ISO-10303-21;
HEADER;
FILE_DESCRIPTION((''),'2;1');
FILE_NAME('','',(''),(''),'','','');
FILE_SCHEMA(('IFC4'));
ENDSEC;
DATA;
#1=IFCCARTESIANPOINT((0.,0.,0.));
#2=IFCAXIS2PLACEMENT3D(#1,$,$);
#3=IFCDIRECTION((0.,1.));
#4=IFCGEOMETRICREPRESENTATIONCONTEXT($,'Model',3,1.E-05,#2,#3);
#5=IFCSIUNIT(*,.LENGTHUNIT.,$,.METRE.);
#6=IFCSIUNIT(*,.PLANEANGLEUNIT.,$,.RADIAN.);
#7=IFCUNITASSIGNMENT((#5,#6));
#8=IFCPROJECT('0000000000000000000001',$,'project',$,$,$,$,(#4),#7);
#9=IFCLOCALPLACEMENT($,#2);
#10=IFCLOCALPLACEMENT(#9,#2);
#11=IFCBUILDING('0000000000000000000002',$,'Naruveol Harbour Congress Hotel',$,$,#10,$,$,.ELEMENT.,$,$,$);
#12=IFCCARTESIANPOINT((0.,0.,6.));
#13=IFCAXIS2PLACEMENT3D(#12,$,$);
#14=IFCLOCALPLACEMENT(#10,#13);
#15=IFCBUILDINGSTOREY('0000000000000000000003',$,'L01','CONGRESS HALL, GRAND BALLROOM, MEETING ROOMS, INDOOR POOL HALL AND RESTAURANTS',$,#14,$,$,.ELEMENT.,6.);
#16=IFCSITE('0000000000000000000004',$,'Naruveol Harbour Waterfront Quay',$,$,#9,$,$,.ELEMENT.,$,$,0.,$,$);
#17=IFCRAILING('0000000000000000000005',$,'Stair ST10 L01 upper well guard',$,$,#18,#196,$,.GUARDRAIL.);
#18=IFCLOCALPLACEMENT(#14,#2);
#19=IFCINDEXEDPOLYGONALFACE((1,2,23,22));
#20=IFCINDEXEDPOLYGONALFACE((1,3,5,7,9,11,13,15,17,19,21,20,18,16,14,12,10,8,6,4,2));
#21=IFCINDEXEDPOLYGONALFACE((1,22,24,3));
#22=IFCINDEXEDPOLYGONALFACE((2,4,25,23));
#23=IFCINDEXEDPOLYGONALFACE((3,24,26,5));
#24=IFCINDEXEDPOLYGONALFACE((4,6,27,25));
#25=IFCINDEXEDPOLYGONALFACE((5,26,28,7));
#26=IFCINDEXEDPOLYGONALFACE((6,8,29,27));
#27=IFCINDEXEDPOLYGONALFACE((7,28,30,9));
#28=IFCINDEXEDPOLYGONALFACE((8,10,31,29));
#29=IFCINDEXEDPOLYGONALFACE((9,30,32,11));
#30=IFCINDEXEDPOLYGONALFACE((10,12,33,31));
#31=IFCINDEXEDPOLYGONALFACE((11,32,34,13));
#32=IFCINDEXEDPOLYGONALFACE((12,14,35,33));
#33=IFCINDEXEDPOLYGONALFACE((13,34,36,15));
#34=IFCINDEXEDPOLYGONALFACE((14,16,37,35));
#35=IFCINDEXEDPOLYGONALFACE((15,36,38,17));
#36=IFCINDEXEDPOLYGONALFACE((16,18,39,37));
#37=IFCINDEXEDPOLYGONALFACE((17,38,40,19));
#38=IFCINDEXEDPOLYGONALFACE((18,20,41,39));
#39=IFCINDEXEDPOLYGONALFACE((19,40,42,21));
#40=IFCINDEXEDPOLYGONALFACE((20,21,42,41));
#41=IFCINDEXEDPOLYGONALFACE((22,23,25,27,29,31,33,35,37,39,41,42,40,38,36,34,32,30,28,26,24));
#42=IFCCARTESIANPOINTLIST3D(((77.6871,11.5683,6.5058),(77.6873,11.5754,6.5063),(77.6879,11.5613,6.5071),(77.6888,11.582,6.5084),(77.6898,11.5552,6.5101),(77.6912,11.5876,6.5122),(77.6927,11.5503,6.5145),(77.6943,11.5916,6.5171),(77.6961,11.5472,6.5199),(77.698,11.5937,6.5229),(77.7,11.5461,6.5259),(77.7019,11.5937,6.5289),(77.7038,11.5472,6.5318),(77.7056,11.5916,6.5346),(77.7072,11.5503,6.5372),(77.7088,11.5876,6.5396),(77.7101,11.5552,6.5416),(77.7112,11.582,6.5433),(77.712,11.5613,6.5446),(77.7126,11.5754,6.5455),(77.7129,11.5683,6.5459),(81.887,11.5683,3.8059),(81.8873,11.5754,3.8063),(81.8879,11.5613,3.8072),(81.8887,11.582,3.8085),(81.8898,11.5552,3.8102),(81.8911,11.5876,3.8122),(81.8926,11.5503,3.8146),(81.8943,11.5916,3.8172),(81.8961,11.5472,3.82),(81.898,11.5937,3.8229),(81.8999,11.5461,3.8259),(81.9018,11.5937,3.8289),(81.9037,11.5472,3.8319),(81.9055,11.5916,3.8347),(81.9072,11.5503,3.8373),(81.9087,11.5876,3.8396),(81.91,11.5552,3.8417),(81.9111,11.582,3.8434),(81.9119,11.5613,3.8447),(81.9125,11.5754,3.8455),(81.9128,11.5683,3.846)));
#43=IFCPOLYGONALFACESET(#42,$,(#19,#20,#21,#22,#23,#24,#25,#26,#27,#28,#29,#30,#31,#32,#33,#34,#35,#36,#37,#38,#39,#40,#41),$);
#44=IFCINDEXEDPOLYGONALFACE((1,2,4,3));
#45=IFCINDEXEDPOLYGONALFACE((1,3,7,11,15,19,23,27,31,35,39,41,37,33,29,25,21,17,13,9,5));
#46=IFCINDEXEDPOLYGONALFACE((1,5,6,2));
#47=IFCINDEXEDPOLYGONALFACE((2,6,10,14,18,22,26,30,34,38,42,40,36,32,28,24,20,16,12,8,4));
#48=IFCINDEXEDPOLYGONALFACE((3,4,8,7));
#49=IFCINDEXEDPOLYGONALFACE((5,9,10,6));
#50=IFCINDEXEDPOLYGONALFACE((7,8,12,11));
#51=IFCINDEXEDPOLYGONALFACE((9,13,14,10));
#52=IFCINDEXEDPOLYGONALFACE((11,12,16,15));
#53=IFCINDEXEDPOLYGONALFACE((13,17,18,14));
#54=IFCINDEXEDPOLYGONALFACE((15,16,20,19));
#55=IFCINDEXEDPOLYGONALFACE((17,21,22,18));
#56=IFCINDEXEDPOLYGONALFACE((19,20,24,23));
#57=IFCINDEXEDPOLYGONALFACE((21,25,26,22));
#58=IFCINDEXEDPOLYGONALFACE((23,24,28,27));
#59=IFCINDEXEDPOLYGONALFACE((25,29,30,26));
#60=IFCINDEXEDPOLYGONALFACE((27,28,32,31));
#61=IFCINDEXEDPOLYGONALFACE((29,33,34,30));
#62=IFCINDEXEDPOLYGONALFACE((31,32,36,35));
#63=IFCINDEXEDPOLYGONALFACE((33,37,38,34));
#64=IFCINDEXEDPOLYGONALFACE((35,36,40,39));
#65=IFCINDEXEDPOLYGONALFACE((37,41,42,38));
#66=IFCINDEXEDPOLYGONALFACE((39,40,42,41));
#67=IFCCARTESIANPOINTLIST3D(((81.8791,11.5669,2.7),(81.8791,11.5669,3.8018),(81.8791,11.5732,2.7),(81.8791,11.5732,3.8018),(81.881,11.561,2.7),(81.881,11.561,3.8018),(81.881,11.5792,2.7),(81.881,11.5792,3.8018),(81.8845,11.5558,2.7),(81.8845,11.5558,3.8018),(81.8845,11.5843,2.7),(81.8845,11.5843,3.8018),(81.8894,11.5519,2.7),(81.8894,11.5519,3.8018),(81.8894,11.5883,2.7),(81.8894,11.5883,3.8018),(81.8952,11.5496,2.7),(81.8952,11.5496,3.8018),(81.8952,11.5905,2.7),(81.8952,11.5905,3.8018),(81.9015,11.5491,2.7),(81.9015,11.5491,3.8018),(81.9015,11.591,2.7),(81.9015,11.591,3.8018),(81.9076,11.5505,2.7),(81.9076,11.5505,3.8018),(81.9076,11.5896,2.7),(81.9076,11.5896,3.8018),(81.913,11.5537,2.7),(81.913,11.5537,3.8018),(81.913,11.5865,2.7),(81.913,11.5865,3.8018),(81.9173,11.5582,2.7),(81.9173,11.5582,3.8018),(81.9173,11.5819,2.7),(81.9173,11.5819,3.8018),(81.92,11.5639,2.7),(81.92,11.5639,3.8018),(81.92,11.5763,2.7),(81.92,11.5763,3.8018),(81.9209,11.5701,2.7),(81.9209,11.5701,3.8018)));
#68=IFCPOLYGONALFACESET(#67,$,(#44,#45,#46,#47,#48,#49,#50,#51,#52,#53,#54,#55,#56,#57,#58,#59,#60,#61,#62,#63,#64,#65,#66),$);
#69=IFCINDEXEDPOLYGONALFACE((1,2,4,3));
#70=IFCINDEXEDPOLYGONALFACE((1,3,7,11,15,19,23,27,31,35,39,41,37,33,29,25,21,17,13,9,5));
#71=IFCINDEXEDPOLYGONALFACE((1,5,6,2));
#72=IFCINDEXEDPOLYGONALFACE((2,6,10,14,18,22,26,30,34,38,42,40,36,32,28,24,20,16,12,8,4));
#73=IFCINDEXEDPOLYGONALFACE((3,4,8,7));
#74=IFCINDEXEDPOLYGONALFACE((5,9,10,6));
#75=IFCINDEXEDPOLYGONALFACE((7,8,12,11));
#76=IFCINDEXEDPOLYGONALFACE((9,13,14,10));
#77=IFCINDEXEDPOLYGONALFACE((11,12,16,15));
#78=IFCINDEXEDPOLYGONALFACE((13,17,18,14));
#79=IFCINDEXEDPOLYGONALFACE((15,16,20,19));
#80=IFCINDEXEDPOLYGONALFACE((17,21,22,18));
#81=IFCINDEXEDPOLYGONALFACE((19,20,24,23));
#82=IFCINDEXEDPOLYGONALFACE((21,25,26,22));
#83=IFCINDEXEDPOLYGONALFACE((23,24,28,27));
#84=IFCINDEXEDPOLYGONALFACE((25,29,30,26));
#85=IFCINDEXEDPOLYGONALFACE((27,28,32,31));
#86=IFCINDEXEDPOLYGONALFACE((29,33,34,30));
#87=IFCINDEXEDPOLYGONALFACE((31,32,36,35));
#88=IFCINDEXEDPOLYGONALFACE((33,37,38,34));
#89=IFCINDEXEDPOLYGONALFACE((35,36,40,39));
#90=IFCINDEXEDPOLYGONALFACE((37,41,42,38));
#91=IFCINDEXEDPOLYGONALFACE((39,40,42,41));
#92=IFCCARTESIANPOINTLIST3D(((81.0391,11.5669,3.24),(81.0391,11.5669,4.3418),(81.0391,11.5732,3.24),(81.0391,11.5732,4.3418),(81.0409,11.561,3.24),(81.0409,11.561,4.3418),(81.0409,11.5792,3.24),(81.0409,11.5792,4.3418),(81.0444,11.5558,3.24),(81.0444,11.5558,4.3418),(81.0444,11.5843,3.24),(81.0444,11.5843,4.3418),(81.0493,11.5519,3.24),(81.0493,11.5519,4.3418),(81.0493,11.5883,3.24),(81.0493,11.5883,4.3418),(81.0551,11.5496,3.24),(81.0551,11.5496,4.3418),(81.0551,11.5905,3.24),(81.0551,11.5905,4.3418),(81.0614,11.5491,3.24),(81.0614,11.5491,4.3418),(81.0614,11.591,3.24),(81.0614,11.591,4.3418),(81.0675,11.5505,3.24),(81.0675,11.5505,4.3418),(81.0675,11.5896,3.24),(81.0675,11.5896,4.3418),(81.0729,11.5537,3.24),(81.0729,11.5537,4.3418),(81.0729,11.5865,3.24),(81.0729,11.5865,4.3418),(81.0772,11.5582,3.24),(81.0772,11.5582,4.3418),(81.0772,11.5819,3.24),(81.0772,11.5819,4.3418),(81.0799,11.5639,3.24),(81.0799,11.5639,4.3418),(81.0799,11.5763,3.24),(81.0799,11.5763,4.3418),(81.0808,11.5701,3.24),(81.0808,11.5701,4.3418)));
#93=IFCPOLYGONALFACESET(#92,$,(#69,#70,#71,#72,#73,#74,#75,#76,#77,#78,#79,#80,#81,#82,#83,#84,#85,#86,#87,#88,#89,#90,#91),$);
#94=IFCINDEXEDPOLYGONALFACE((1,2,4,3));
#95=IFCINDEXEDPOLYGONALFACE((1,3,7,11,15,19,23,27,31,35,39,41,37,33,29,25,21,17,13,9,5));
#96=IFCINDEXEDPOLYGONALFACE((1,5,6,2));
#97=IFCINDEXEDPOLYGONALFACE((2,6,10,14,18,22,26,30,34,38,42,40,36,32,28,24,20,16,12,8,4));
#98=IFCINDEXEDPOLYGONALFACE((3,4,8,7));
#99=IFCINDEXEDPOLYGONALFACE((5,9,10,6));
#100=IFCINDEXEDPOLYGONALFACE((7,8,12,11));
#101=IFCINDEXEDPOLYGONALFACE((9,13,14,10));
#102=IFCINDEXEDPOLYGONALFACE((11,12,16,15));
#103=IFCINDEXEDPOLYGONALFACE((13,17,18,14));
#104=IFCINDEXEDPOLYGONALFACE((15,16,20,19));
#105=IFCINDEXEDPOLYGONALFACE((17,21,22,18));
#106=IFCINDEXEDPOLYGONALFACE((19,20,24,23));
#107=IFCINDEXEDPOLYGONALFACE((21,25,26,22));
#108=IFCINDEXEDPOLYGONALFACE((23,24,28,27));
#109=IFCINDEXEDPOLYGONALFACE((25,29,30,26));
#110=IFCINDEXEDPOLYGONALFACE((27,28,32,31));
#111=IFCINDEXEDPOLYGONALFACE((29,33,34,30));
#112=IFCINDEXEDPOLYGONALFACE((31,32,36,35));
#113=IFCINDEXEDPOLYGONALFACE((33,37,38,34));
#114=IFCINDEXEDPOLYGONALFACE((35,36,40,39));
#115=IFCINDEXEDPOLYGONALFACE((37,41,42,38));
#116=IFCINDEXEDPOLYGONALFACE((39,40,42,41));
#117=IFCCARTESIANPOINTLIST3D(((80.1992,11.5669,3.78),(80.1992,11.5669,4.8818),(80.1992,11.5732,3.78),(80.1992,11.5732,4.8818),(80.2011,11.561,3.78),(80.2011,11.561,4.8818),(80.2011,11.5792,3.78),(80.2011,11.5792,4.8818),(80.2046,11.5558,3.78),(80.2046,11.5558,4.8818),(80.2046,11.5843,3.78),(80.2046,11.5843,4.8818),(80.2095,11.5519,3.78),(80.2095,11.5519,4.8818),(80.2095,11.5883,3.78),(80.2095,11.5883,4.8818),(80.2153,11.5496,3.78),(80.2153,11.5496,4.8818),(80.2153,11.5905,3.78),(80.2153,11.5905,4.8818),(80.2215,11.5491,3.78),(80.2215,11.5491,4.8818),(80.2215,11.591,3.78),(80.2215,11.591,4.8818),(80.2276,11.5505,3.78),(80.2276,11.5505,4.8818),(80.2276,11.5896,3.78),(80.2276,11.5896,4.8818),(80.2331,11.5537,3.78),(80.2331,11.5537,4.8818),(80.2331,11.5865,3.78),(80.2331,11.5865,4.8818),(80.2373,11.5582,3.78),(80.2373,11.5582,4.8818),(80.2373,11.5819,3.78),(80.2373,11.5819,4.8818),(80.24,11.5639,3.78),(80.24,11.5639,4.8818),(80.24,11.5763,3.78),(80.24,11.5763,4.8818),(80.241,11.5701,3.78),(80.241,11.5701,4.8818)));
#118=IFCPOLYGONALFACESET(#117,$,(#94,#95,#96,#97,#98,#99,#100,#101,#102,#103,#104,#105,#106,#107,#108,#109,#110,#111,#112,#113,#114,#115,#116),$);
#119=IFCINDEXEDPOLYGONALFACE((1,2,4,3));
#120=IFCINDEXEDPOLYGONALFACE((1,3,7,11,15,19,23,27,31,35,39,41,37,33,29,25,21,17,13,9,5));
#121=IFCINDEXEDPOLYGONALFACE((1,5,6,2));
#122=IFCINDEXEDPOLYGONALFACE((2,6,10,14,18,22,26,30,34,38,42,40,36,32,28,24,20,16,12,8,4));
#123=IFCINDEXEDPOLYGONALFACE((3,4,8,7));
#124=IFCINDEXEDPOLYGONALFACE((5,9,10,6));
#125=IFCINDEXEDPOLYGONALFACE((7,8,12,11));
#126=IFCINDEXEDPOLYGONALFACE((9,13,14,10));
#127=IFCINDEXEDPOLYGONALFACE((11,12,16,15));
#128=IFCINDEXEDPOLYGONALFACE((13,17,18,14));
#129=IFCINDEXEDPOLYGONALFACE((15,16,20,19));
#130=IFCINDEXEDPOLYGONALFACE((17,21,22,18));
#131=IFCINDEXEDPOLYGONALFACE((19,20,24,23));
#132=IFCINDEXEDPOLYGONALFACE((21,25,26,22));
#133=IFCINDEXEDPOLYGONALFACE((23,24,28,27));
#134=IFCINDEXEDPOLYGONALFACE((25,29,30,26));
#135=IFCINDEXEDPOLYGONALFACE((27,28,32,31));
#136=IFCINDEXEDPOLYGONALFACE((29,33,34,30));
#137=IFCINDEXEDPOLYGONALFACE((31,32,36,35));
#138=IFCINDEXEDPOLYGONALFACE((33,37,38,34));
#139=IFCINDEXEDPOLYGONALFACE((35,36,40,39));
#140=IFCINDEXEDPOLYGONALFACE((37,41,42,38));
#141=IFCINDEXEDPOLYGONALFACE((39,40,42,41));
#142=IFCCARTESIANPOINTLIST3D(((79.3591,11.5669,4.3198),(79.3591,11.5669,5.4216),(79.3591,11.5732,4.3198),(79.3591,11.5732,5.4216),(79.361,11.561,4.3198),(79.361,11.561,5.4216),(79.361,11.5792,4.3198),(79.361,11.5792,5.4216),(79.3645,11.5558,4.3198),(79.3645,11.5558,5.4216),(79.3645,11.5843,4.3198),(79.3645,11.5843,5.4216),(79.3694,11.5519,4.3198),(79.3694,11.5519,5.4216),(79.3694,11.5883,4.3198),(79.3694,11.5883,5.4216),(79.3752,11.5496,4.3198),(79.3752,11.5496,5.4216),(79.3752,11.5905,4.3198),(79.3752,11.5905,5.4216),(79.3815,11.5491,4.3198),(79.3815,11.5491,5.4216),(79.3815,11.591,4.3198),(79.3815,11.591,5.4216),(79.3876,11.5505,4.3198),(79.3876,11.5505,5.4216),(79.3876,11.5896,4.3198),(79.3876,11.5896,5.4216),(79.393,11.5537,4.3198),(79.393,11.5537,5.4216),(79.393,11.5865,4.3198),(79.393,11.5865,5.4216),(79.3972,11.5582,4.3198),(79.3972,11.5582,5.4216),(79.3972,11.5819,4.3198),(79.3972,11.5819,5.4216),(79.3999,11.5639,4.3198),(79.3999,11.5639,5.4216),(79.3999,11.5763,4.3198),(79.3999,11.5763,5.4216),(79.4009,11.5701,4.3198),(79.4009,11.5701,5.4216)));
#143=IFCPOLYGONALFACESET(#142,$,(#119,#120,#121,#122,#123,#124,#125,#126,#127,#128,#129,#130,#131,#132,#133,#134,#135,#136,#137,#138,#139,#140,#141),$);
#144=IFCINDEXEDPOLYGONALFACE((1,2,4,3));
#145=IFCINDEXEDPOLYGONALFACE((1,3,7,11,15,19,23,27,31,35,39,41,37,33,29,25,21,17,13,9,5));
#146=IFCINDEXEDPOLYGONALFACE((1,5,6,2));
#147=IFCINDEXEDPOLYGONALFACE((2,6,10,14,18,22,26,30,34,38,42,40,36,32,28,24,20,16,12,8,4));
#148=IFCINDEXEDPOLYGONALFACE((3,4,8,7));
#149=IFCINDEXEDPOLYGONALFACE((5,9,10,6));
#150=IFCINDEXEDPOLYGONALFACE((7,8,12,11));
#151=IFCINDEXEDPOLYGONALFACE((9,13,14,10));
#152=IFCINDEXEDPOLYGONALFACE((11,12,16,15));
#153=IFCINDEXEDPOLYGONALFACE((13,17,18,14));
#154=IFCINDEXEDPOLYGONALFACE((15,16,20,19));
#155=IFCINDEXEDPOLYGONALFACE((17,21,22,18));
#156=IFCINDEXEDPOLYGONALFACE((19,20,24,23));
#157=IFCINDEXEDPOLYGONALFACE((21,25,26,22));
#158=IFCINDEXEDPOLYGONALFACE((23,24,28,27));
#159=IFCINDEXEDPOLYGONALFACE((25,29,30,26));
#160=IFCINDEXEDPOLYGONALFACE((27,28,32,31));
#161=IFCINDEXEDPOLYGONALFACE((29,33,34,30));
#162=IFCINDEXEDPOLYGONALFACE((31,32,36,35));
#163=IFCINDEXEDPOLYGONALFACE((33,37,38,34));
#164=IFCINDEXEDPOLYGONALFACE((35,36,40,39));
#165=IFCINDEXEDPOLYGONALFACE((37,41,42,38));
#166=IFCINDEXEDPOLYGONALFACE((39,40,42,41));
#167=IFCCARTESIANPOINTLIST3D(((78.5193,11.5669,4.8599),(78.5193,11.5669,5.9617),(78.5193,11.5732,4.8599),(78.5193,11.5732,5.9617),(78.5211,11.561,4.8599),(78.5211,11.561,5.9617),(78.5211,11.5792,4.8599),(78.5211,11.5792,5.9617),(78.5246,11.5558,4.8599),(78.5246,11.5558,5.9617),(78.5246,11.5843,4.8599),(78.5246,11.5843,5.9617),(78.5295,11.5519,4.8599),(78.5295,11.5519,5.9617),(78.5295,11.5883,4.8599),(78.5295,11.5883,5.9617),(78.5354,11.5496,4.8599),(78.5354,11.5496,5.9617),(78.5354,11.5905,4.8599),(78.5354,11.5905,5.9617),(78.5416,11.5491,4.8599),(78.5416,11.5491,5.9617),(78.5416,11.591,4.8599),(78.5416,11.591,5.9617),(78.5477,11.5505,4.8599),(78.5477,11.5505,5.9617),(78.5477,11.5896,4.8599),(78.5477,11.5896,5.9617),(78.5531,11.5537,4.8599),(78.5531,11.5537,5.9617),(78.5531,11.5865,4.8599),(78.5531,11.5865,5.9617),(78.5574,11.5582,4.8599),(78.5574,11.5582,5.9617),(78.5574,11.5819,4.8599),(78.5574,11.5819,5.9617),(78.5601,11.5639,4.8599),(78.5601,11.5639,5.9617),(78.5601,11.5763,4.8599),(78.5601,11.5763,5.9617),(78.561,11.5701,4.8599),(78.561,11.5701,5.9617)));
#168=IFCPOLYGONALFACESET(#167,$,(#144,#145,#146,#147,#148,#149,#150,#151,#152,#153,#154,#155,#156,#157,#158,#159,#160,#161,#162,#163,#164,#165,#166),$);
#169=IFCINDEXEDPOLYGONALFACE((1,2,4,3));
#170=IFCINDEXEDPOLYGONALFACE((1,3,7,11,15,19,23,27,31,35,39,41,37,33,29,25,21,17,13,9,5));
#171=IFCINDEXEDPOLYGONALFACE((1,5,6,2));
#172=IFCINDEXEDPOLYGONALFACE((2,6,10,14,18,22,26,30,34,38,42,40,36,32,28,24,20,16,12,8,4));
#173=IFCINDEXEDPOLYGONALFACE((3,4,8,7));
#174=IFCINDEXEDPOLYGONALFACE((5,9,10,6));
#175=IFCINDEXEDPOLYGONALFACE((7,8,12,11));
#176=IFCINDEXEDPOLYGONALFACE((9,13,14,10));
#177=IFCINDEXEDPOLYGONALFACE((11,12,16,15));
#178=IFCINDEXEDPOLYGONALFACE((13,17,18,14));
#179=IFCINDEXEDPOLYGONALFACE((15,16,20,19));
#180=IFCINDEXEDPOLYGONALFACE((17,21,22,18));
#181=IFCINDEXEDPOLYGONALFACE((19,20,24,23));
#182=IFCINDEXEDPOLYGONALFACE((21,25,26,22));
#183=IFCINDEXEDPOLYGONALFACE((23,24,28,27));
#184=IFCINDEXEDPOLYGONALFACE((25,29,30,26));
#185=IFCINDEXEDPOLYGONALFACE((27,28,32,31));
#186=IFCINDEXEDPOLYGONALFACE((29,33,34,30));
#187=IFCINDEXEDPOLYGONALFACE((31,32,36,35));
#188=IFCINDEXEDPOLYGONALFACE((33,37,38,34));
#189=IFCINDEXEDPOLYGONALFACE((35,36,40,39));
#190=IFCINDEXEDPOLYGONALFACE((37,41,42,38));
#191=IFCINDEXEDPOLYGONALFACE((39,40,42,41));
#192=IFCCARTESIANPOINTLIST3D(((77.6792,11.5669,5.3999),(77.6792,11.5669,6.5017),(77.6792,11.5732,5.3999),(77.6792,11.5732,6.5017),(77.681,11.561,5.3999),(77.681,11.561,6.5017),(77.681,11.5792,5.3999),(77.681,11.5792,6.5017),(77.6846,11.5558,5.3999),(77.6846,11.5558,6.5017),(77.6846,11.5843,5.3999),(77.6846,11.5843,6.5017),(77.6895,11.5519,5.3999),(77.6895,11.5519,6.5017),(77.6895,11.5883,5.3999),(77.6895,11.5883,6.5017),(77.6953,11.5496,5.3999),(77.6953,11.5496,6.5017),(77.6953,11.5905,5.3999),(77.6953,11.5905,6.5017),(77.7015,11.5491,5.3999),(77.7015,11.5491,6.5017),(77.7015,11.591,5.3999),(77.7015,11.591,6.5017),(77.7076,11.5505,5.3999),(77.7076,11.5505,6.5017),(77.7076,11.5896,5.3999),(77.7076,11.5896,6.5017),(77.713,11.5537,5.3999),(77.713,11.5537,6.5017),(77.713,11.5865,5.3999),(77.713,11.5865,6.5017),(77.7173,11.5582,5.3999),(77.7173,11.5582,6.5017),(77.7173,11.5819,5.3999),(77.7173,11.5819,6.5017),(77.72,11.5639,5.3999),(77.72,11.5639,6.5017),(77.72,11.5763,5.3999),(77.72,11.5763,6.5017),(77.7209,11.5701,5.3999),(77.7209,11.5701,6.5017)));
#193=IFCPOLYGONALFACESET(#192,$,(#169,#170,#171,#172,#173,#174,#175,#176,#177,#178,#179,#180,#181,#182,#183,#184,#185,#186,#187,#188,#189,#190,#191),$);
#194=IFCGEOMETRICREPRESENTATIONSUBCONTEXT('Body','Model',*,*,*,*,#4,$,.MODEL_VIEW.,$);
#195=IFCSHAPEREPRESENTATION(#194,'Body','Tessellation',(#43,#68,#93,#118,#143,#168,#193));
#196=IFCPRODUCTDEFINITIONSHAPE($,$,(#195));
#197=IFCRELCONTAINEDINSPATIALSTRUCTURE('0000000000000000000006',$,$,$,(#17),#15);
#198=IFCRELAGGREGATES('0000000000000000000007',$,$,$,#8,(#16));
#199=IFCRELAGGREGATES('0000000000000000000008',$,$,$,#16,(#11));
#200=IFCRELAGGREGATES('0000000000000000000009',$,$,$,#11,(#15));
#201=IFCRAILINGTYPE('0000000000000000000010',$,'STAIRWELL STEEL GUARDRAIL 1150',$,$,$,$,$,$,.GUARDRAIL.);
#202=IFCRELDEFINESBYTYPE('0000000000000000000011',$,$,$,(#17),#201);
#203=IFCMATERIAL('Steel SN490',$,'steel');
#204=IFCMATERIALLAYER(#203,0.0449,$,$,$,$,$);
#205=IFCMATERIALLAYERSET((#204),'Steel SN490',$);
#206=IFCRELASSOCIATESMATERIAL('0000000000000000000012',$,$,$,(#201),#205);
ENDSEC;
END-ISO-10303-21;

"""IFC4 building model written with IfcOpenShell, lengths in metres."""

from ifc_helpers import new_model, si_unit, direction, frame, origin, origin_2d, place, context, subcontext, project, spatial, circle, extrude, material, layer, layer_set, type_object, element, save


model = new_model("IFC4")

# Units and contexts
model_context = context("Model", 3, precision=1e-05, world=origin(), true_north=direction((0.0, 1.0)))
body_context = subcontext(model_context, "Body", "Model", "MODEL_VIEW")
ifc_project = project(units=[si_unit("LENGTHUNIT", "METRE"), si_unit("PLANEANGLEUNIT", "RADIAN")], contexts=[model_context])

# Site, building, storey
site_placement = place(None, origin())
site = spatial("IfcSite", under=ifc_project, at=site_placement, Name="Naruveol Harbour Waterfront Quay", CompositionType="ELEMENT", RefElevation=0.0)
building_placement = place(site_placement, origin())
building = spatial("IfcBuilding", under=site, at=building_placement, Name="Naruveol Harbour Congress Hotel", CompositionType="ELEMENT")
storey_placement = place(building_placement, frame((0.0, 0.0, 6.0)))
storey = spatial("IfcBuildingStorey", under=building, at=storey_placement, Name="L01", Description="CONGRESS HALL, GRAND BALLROOM, MEETING ROOMS, INDOOR POOL HALL AND RESTAURANTS", CompositionType="ELEMENT", Elevation=6.0)

# Railing
ifc_material_1 = material(Name="Steel SN490", Category="steel")
ifc_layer_1 = layer(ifc_material_1, 0.0449)
ifc_layer_set_1 = layer_set([ifc_layer_1], Name="Steel SN490")
railing_type_1 = type_object("IfcRailingType", Name="STAIRWELL STEEL GUARDRAIL 1150", PredefinedType="GUARDRAIL", material=ifc_layer_set_1)
railing_1_placement = place(storey_placement, frame((81.8999, 11.5701, 2.7)))
element("IfcRailing", 1, at=railing_1_placement, inside=storey, type_object=railing_type_1, Name="Stair ST10 L01 upper well guard", PredefinedType="GUARDRAIL", context=body_context, shape_type="SweptSolid", body=[
    extrude(circle(Radius=0.0239, at=origin_2d()), frame((0.0, 0.0, 1.126), z_axis=(-0.84118, 0.0, 0.540755), x_axis=(0.0, -1.0, 0.0)), (0.0, 0.0, 1.0), 4.9929),
    extrude(circle(Radius=0.021, at=origin_2d()), origin(), (0.0, 0.0, 1.0), 1.1018),
    extrude(circle(Radius=0.021, at=origin_2d()), frame((-0.8401, 0.0, 0.54)), (0.0, 0.0, 1.0), 1.1018),
    extrude(circle(Radius=0.021, at=origin_2d()), frame((-1.6799, 0.0, 1.0801)), (0.0, 0.0, 1.0), 1.1018),
    extrude(circle(Radius=0.021, at=origin_2d()), frame((-2.52, 0.0, 1.6199)), (0.0, 0.0, 1.0), 1.1018),
    extrude(circle(Radius=0.021, at=origin_2d()), frame((-3.3599, 0.0, 2.1599)), (0.0, 0.0, 1.0), 1.1018),
    extrude(circle(Radius=0.021, at=origin_2d()), frame((-4.2, 0.0, 2.7)), (0.0, 0.0, 1.0), 1.1018),
])

save(model, "model.ifc")
